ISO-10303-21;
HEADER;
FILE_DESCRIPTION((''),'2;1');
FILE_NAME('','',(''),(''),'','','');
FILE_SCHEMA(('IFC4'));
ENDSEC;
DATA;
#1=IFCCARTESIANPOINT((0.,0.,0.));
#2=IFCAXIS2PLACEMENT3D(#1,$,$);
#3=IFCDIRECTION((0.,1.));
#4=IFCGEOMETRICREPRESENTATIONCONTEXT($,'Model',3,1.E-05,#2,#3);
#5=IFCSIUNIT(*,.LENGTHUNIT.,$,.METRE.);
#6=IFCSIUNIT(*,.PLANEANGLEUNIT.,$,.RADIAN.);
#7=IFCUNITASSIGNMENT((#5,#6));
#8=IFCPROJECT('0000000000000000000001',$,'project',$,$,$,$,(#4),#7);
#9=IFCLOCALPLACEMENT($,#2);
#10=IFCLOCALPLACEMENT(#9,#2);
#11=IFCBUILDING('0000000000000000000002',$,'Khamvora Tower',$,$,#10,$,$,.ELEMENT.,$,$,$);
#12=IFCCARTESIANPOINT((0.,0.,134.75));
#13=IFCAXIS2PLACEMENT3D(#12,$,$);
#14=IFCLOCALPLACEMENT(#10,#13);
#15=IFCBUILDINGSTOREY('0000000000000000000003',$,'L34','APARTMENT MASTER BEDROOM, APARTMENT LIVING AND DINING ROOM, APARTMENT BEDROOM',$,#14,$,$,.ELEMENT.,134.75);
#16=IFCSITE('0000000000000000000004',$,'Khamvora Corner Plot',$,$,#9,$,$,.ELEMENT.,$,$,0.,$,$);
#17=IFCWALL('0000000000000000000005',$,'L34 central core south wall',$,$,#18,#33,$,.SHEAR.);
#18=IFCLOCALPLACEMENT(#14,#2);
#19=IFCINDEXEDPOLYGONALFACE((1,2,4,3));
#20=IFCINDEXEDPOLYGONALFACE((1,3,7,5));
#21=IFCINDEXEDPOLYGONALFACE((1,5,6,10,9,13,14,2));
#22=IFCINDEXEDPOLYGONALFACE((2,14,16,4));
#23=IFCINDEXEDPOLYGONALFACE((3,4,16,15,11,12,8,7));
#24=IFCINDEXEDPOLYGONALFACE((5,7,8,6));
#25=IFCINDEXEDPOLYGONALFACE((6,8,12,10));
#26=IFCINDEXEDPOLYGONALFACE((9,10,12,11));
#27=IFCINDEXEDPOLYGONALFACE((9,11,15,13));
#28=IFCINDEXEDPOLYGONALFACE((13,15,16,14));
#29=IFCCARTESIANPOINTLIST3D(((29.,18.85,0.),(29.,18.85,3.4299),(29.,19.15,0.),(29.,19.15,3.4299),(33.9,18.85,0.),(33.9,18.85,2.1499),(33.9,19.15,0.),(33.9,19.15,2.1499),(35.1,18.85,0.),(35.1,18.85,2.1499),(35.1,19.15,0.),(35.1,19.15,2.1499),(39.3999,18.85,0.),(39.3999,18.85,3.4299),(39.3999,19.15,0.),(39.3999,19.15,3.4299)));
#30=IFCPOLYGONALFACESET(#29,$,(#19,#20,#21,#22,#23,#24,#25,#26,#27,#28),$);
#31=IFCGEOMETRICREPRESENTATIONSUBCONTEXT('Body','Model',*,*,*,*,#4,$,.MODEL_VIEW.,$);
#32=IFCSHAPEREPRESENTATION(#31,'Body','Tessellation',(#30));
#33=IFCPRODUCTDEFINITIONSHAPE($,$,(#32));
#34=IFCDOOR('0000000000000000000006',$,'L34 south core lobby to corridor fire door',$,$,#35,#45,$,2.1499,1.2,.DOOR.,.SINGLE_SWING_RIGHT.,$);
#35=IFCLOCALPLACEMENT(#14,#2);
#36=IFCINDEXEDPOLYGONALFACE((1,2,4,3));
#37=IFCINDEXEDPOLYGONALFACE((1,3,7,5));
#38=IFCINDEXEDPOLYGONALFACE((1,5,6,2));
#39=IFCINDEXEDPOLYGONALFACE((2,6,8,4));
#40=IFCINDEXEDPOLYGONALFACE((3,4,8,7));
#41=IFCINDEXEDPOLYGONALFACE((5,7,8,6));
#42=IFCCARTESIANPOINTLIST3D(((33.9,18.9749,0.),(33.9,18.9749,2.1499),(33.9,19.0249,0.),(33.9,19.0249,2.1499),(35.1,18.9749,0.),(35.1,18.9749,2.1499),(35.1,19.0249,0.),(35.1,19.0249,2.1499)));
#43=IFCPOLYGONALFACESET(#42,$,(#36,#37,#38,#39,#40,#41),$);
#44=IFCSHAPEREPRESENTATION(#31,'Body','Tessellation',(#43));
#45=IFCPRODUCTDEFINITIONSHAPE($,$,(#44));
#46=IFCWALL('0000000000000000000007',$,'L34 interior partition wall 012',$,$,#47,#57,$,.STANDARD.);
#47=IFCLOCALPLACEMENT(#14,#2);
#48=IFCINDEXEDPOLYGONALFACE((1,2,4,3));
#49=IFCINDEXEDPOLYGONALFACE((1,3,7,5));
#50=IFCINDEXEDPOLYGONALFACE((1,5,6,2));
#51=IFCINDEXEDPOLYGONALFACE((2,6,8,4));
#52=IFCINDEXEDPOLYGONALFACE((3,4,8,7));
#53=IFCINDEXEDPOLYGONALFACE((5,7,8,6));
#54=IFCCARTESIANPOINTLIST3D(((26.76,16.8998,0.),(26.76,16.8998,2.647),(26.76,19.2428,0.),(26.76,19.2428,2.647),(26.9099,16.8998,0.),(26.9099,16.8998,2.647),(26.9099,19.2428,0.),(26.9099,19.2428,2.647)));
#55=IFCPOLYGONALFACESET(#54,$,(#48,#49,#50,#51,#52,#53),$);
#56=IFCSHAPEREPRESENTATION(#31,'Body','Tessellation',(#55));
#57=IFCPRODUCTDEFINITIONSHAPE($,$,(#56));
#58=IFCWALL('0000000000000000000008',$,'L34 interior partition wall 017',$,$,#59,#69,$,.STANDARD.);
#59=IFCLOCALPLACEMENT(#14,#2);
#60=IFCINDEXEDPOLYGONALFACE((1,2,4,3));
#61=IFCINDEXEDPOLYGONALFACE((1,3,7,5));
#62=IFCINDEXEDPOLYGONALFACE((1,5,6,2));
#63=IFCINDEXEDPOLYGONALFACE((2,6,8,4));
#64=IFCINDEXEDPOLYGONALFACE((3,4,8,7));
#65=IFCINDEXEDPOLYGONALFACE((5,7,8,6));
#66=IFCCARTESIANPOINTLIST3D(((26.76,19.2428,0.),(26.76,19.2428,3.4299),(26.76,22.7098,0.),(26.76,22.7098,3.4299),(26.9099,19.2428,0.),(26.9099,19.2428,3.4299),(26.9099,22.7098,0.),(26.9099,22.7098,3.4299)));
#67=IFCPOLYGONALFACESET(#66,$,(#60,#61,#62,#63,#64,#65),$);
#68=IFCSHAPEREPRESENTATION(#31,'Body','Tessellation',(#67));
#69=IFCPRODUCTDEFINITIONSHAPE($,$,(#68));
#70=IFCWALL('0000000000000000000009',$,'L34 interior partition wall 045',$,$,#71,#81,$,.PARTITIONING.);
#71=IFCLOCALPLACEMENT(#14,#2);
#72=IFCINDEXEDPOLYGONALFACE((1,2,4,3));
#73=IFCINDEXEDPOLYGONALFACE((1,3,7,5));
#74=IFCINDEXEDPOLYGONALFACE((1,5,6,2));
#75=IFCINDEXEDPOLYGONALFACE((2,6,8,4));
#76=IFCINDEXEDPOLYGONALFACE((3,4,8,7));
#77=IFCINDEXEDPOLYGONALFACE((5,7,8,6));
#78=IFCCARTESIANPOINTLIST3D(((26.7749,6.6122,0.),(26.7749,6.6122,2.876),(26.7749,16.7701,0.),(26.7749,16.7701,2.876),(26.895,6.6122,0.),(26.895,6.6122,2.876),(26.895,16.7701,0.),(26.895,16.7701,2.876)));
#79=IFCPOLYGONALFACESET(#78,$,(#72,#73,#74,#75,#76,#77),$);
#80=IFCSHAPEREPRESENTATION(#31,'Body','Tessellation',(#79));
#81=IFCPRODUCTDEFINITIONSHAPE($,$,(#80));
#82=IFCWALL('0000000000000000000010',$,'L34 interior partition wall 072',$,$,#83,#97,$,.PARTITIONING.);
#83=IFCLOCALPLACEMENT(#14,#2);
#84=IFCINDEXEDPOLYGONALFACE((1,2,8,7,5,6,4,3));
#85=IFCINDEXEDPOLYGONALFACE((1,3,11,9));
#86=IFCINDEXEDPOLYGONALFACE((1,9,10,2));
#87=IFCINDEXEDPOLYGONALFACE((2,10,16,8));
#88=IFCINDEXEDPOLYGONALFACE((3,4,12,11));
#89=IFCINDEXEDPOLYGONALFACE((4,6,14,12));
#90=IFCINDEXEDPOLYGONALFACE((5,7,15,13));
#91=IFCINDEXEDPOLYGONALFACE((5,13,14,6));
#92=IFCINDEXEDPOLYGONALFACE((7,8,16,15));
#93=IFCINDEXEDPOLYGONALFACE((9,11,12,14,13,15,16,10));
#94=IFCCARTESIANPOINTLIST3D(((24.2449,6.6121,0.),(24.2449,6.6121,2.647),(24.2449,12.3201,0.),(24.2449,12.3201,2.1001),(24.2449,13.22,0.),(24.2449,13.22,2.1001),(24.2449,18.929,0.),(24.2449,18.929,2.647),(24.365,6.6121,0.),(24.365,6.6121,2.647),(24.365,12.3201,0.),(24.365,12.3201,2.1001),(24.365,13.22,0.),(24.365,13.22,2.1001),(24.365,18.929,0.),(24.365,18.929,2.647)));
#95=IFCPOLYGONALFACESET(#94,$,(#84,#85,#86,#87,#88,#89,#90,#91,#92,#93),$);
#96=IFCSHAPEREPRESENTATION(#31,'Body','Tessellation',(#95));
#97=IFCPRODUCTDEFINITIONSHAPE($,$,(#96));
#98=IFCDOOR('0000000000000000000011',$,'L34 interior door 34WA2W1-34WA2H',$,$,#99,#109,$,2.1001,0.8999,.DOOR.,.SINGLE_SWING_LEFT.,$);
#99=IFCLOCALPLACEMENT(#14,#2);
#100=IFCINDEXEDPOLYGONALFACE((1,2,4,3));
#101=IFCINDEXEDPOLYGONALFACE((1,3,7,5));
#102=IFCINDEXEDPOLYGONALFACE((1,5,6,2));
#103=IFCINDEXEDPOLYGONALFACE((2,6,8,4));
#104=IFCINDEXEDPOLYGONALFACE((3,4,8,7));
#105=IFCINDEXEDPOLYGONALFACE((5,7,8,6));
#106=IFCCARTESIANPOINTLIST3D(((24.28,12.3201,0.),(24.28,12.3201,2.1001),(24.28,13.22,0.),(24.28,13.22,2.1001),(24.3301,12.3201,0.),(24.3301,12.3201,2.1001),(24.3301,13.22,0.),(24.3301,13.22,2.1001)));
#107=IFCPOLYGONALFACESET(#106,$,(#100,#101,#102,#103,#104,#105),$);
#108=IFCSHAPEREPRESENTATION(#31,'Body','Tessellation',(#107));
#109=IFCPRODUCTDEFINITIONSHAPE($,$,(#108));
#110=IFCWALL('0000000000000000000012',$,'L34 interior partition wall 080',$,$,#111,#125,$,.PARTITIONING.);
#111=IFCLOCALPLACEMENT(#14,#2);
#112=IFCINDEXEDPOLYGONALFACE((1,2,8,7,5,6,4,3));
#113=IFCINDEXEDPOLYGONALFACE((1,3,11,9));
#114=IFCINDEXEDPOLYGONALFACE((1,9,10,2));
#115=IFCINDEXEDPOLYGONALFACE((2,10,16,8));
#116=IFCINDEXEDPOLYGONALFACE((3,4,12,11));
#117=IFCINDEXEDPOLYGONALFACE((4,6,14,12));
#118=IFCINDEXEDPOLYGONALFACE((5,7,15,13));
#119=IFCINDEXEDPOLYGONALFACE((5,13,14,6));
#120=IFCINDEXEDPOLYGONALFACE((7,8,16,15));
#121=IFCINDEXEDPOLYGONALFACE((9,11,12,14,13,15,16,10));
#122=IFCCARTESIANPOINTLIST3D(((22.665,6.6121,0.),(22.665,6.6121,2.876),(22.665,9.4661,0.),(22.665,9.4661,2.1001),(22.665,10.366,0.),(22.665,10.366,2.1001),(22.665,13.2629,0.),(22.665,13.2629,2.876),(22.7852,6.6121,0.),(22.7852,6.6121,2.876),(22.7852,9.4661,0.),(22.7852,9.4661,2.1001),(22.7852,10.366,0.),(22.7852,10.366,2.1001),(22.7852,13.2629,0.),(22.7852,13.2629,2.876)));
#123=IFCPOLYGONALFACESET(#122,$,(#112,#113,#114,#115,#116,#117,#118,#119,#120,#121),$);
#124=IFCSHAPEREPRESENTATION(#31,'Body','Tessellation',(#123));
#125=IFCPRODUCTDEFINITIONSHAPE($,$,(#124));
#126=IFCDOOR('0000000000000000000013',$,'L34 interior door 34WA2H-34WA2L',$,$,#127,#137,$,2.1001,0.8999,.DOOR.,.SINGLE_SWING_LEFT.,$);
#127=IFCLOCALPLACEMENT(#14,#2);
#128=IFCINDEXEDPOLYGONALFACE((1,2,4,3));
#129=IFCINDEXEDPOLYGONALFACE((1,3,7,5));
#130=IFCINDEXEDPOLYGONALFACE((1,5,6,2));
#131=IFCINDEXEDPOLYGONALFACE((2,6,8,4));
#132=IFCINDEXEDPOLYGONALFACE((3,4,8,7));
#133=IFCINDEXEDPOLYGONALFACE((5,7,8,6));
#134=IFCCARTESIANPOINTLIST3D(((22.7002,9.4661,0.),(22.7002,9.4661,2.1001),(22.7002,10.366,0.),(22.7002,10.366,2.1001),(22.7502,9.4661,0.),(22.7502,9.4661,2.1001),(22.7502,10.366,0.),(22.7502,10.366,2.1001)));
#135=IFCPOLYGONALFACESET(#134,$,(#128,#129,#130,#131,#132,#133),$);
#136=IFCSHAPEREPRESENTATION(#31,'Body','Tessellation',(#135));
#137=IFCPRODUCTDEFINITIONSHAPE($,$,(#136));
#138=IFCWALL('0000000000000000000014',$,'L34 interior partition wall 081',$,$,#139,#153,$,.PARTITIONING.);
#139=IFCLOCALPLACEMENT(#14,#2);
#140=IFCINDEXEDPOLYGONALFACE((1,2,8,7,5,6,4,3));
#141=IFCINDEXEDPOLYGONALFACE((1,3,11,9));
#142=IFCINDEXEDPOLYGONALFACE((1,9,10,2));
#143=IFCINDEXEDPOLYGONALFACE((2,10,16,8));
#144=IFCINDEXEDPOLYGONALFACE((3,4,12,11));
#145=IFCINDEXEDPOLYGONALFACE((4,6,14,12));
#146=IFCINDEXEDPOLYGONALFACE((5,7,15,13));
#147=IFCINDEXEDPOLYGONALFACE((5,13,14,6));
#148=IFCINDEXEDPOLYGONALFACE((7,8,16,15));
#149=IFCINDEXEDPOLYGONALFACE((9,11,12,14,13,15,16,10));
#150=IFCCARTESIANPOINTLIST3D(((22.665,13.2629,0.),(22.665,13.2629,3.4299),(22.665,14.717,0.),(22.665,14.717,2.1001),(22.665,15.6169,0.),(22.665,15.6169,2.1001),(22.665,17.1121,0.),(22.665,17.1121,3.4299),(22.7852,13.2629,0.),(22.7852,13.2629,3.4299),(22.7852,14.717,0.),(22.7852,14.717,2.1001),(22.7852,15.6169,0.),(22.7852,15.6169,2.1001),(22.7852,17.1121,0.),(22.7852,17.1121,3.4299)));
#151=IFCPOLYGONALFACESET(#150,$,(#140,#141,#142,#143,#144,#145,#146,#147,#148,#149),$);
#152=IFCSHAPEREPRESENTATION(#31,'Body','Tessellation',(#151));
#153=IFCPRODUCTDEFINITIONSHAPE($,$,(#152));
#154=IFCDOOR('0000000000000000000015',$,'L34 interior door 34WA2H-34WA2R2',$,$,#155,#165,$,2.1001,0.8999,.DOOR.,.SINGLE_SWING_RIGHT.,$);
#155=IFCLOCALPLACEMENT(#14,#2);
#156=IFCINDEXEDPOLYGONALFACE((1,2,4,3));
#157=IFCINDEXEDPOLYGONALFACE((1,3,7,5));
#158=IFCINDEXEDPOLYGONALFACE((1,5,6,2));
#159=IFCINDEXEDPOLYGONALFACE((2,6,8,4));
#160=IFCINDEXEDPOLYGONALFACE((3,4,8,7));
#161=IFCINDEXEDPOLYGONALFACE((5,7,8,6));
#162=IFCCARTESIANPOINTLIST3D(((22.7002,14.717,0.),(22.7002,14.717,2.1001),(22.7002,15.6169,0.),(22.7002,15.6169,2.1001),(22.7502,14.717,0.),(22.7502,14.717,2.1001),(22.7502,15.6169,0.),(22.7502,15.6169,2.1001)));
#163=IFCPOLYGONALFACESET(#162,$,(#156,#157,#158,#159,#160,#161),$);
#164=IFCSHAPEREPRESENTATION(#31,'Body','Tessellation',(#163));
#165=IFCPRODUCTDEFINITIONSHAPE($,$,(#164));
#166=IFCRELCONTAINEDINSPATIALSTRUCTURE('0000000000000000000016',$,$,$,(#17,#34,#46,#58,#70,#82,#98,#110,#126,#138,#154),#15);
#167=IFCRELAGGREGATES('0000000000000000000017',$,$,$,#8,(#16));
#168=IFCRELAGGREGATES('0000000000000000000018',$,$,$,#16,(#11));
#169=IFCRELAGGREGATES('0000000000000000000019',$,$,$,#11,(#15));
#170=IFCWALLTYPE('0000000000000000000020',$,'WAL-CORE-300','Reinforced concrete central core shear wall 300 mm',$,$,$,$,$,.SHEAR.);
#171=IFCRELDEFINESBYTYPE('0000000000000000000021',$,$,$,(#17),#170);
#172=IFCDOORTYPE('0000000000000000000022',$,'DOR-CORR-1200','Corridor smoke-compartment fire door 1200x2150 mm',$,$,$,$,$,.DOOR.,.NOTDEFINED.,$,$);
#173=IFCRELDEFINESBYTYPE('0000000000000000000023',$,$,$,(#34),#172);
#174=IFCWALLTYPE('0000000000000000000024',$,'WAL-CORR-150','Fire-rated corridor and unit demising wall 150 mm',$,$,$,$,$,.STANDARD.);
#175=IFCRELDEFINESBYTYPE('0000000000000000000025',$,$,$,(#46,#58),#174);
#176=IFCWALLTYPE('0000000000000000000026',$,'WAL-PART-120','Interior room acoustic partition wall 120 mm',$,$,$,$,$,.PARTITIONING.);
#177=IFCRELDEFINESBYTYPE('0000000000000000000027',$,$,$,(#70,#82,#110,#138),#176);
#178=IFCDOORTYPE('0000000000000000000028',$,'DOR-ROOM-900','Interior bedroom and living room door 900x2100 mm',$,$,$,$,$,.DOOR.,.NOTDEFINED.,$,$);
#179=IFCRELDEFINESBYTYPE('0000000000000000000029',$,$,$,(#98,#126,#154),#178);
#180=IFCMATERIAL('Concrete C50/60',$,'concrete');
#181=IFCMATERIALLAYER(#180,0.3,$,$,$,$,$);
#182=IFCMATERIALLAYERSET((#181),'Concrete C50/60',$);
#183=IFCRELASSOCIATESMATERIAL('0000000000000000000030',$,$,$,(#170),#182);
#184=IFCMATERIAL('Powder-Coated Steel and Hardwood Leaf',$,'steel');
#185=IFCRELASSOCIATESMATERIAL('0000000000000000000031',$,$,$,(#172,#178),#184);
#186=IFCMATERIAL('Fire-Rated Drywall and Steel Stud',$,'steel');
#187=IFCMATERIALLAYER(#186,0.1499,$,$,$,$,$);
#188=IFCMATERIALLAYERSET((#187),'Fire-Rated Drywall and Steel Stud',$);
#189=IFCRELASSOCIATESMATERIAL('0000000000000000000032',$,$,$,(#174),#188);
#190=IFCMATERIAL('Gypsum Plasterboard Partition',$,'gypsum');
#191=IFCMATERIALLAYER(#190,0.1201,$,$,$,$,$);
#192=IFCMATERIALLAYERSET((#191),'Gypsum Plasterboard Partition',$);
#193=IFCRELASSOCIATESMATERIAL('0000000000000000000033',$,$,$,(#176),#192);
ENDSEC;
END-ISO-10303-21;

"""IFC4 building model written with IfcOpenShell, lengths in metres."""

from ifc_helpers import new_model, si_unit, direction, frame, frame_2d, origin, place, context, subcontext, project, spatial, rectangle, extrude, material, layer, layer_set, type_object, element, fill, save


model = new_model("IFC4")

# Units and contexts
model_context = context("Model", 3, precision=1e-05, world=origin(), true_north=direction((0.0, 1.0)))
body_context = subcontext(model_context, "Body", "Model", "MODEL_VIEW")
ifc_project = project(units=[si_unit("LENGTHUNIT", "METRE"), si_unit("PLANEANGLEUNIT", "RADIAN")], contexts=[model_context])

# Site, building, storey
site_placement = place(None, origin())
site = spatial("IfcSite", under=ifc_project, at=site_placement, Name="Khamvora Corner Plot", CompositionType="ELEMENT", RefElevation=0.0)
building_placement = place(site_placement, origin())
building = spatial("IfcBuilding", under=site, at=building_placement, Name="Khamvora Tower", CompositionType="ELEMENT")
storey_placement = place(building_placement, frame((0.0, 0.0, 134.75)))
storey = spatial("IfcBuildingStorey", under=building, at=storey_placement, Name="L34", Description="APARTMENT MASTER BEDROOM, APARTMENT LIVING AND DINING ROOM, APARTMENT BEDROOM", CompositionType="ELEMENT", Elevation=134.75)

# Shared definitions
ifc_material_1 = material(Name="Concrete C50/60", Category="concrete")
ifc_layer_1 = layer(ifc_material_1, 0.3)
ifc_layer_set_1 = layer_set([ifc_layer_1], Name="Concrete C50/60")
wall_type_1 = type_object("IfcWallType", Name="WAL-CORE-300", Description="Reinforced concrete central core shear wall 300 mm", PredefinedType="SHEAR", material=ifc_layer_set_1)

# Wall, opening, door
wall_1_placement = place(storey_placement, frame((29.0, 19.0, 0.0), z_axis=(0.0, 0.0, 1.0), x_axis=(1.0, 0.0, 0.0)))
wall_1 = element("IfcWall", 1, at=wall_1_placement, inside=storey, type_object=wall_type_1, Name="L34 central core south wall", PredefinedType="SHEAR", context=body_context, shape_type="SweptSolid", body=[
    extrude(rectangle(XDim=10.3999, YDim=0.3, at=frame_2d((5.2, 0.0))), origin(), (0.0, 0.0, 1.0), 3.4299),
])
opening_1_placement = place(wall_1_placement, frame((4.8999, 0.0, 0.0)))
opening_1 = element("IfcOpeningElement", 2, at=opening_1_placement, cuts=wall_1, PredefinedType="OPENING", context=body_context, shape_type="SweptSolid", body=[
    extrude(rectangle(XDim=1.2, YDim=2.1499, at=frame_2d((0.6001, 1.075))), frame((0.0, 0.1599, 0.0), z_axis=(0.0, -1.0, 0.0), x_axis=(1.0, 0.0, 0.0)), (0.0, 0.0, 1.0), 0.3201),
])
ifc_material_2 = material(Name="Powder-Coated Steel and Hardwood Leaf", Category="steel")
door_type_1 = type_object("IfcDoorType", Name="DOR-CORR-1200", Description="Corridor smoke-compartment fire door 1200x2150 mm", OperationType="NOTDEFINED", PredefinedType="DOOR", material=ifc_material_2)
door_1_placement = place(opening_1_placement, origin())
door_1 = element("IfcDoor", 3, at=door_1_placement, inside=storey, type_object=door_type_1, Name="L34 south core lobby to corridor fire door", OperationType="SINGLE_SWING_RIGHT", OverallHeight=2.1499, OverallWidth=1.2, PredefinedType="DOOR", context=body_context, shape_type="SweptSolid", body=[
    extrude(rectangle(XDim=1.2, YDim=2.1499, at=frame_2d((0.6001, 1.075))), frame((0.0, 0.0249, 0.0), z_axis=(0.0, -1.0, 0.0), x_axis=(1.0, 0.0, 0.0)), (0.0, 0.0, 1.0), 0.05),
])
fill(opening_1, door_1)

# Walls
ifc_material_3 = material(Name="Fire-Rated Drywall and Steel Stud", Category="steel")
ifc_layer_2 = layer(ifc_material_3, 0.1499)
ifc_layer_set_2 = layer_set([ifc_layer_2], Name="Fire-Rated Drywall and Steel Stud")
wall_type_2 = type_object("IfcWallType", Name="WAL-CORR-150", Description="Fire-rated corridor and unit demising wall 150 mm", PredefinedType="STANDARD", material=ifc_layer_set_2)
wall_2_placement = place(storey_placement, frame((26.835, 16.8999, 0.0), z_axis=(0.0, 0.0, 1.0), x_axis=(0.0, 1.0, 0.0)))
element("IfcWall", 4, at=wall_2_placement, inside=storey, type_object=wall_type_2, Name="L34 interior partition wall 012", PredefinedType="STANDARD", context=body_context, shape_type="SweptSolid", body=[
    extrude(rectangle(XDim=2.343, YDim=0.1499, at=frame_2d((1.1714, 0.0))), origin(), (0.0, 0.0, 1.0), 2.647),
])
wall_3_placement = place(storey_placement, frame((26.835, 19.2429, 0.0), z_axis=(0.0, 0.0, 1.0), x_axis=(0.0, 1.0, 0.0)))
element("IfcWall", 5, at=wall_3_placement, inside=storey, type_object=wall_type_2, Name="L34 interior partition wall 017", PredefinedType="STANDARD", context=body_context, shape_type="SweptSolid", body=[
    extrude(rectangle(XDim=3.467, YDim=0.1499, at=frame_2d((1.7334, 0.0))), origin(), (0.0, 0.0, 1.0), 3.4299),
])
ifc_material_4 = material(Name="Gypsum Plasterboard Partition", Category="gypsum")
ifc_layer_3 = layer(ifc_material_4, 0.1201)
ifc_layer_set_3 = layer_set([ifc_layer_3], Name="Gypsum Plasterboard Partition")
wall_type_3 = type_object("IfcWallType", Name="WAL-PART-120", Description="Interior room acoustic partition wall 120 mm", PredefinedType="PARTITIONING", material=ifc_layer_set_3)
wall_4_placement = place(storey_placement, frame((26.835, 6.6121, 0.0), z_axis=(0.0, 0.0, 1.0), x_axis=(0.0, 1.0, 0.0)))
element("IfcWall", 6, at=wall_4_placement, inside=storey, type_object=wall_type_3, Name="L34 interior partition wall 045", PredefinedType="PARTITIONING", context=body_context, shape_type="SweptSolid", body=[
    extrude(rectangle(XDim=10.158, YDim=0.1201, at=frame_2d((5.0791, 0.0))), origin(), (0.0, 0.0, 1.0), 2.876),
])

# Walls, openings, doors
wall_5_placement = place(storey_placement, frame((24.3049, 6.6121, 0.0), z_axis=(0.0, 0.0, 1.0), x_axis=(0.0, 1.0, 0.0)))
wall_5 = element("IfcWall", 7, at=wall_5_placement, inside=storey, type_object=wall_type_3, Name="L34 interior partition wall 072", PredefinedType="PARTITIONING", context=body_context, shape_type="SweptSolid", body=[
    extrude(rectangle(XDim=12.3169, YDim=0.1201, at=frame_2d((6.1584, 0.0))), origin(), (0.0, 0.0, 1.0), 2.647),
])
opening_2_placement = place(wall_5_placement, frame((5.708, 0.0, 0.0)))
opening_2 = element("IfcOpeningElement", 8, at=opening_2_placement, cuts=wall_5, PredefinedType="OPENING", context=body_context, shape_type="SweptSolid", body=[
    extrude(rectangle(XDim=0.8999, YDim=2.1001, at=frame_2d((0.45, 1.05))), frame((0.0, 0.0701, 0.0), z_axis=(0.0, -1.0, 0.0), x_axis=(1.0, 0.0, 0.0)), (0.0, 0.0, 1.0), 0.1401),
])
door_type_2 = type_object("IfcDoorType", Name="DOR-ROOM-900", Description="Interior bedroom and living room door 900x2100 mm", OperationType="NOTDEFINED", PredefinedType="DOOR", material=ifc_material_2)
door_2_placement = place(opening_2_placement, origin())
door_2 = element("IfcDoor", 9, at=door_2_placement, inside=storey, type_object=door_type_2, Name="L34 interior door 34WA2W1-34WA2H", OperationType="SINGLE_SWING_LEFT", OverallHeight=2.1001, OverallWidth=0.8999, PredefinedType="DOOR", context=body_context, shape_type="SweptSolid", body=[
    extrude(rectangle(XDim=0.8999, YDim=2.1001, at=frame_2d((0.45, 1.05))), frame((0.0, 0.0249, 0.0), z_axis=(0.0, -1.0, 0.0), x_axis=(1.0, 0.0, 0.0)), (0.0, 0.0, 1.0), 0.05),
])
fill(opening_2, door_2)
wall_6_placement = place(storey_placement, frame((22.7251, 6.6121, 0.0), z_axis=(0.0, 0.0, 1.0), x_axis=(0.0, 1.0, 0.0)))
wall_6 = element("IfcWall", 10, at=wall_6_placement, inside=storey, type_object=wall_type_3, Name="L34 interior partition wall 080", PredefinedType="PARTITIONING", context=body_context, shape_type="SweptSolid", body=[
    extrude(rectangle(XDim=6.6509, YDim=0.1201, at=frame_2d((3.3254, 0.0))), origin(), (0.0, 0.0, 1.0), 2.876),
])
opening_3_placement = place(wall_6_placement, frame((2.854, 0.0, 0.0)))
opening_3 = element("IfcOpeningElement", 11, at=opening_3_placement, cuts=wall_6, PredefinedType="OPENING", context=body_context, shape_type="SweptSolid", body=[
    extrude(rectangle(XDim=0.8999, YDim=2.1001, at=frame_2d((0.45, 1.05))), frame((0.0, 0.0701, 0.0), z_axis=(0.0, -1.0, 0.0), x_axis=(1.0, 0.0, 0.0)), (0.0, 0.0, 1.0), 0.1401),
])
door_3_placement = place(opening_3_placement, origin())
door_3 = element("IfcDoor", 12, at=door_3_placement, inside=storey, type_object=door_type_2, Name="L34 interior door 34WA2H-34WA2L", OperationType="SINGLE_SWING_LEFT", OverallHeight=2.1001, OverallWidth=0.8999, PredefinedType="DOOR", context=body_context, shape_type="SweptSolid", body=[
    extrude(rectangle(XDim=0.8999, YDim=2.1001, at=frame_2d((0.45, 1.05))), frame((0.0, 0.0249, 0.0), z_axis=(0.0, -1.0, 0.0), x_axis=(1.0, 0.0, 0.0)), (0.0, 0.0, 1.0), 0.05),
])
fill(opening_3, door_3)
wall_7_placement = place(storey_placement, frame((22.7251, 13.2629, 0.0), z_axis=(0.0, 0.0, 1.0), x_axis=(0.0, 1.0, 0.0)))
wall_7 = element("IfcWall", 13, at=wall_7_placement, inside=storey, type_object=wall_type_3, Name="L34 interior partition wall 081", PredefinedType="PARTITIONING", context=body_context, shape_type="SweptSolid", body=[
    extrude(rectangle(XDim=3.8491, YDim=0.1201, at=frame_2d((1.9246, 0.0))), origin(), (0.0, 0.0, 1.0), 3.4299),
])
opening_4_placement = place(wall_7_placement, frame((1.4541, 0.0, 0.0)))
opening_4 = element("IfcOpeningElement", 14, at=opening_4_placement, cuts=wall_7, PredefinedType="OPENING", context=body_context, shape_type="SweptSolid", body=[
    extrude(rectangle(XDim=0.8999, YDim=2.1001, at=frame_2d((0.45, 1.05))), frame((0.0, 0.0701, 0.0), z_axis=(0.0, -1.0, 0.0), x_axis=(1.0, 0.0, 0.0)), (0.0, 0.0, 1.0), 0.1401),
])
door_4_placement = place(opening_4_placement, origin())
door_4 = element("IfcDoor", 15, at=door_4_placement, inside=storey, type_object=door_type_2, Name="L34 interior door 34WA2H-34WA2R2", OperationType="SINGLE_SWING_RIGHT", OverallHeight=2.1001, OverallWidth=0.8999, PredefinedType="DOOR", context=body_context, shape_type="SweptSolid", body=[
    extrude(rectangle(XDim=0.8999, YDim=2.1001, at=frame_2d((0.45, 1.05))), frame((0.0, 0.0249, 0.0), z_axis=(0.0, -1.0, 0.0), x_axis=(1.0, 0.0, 0.0)), (0.0, 0.0, 1.0), 0.05),
])
fill(opening_4, door_4)

save(model, "model.ifc")
